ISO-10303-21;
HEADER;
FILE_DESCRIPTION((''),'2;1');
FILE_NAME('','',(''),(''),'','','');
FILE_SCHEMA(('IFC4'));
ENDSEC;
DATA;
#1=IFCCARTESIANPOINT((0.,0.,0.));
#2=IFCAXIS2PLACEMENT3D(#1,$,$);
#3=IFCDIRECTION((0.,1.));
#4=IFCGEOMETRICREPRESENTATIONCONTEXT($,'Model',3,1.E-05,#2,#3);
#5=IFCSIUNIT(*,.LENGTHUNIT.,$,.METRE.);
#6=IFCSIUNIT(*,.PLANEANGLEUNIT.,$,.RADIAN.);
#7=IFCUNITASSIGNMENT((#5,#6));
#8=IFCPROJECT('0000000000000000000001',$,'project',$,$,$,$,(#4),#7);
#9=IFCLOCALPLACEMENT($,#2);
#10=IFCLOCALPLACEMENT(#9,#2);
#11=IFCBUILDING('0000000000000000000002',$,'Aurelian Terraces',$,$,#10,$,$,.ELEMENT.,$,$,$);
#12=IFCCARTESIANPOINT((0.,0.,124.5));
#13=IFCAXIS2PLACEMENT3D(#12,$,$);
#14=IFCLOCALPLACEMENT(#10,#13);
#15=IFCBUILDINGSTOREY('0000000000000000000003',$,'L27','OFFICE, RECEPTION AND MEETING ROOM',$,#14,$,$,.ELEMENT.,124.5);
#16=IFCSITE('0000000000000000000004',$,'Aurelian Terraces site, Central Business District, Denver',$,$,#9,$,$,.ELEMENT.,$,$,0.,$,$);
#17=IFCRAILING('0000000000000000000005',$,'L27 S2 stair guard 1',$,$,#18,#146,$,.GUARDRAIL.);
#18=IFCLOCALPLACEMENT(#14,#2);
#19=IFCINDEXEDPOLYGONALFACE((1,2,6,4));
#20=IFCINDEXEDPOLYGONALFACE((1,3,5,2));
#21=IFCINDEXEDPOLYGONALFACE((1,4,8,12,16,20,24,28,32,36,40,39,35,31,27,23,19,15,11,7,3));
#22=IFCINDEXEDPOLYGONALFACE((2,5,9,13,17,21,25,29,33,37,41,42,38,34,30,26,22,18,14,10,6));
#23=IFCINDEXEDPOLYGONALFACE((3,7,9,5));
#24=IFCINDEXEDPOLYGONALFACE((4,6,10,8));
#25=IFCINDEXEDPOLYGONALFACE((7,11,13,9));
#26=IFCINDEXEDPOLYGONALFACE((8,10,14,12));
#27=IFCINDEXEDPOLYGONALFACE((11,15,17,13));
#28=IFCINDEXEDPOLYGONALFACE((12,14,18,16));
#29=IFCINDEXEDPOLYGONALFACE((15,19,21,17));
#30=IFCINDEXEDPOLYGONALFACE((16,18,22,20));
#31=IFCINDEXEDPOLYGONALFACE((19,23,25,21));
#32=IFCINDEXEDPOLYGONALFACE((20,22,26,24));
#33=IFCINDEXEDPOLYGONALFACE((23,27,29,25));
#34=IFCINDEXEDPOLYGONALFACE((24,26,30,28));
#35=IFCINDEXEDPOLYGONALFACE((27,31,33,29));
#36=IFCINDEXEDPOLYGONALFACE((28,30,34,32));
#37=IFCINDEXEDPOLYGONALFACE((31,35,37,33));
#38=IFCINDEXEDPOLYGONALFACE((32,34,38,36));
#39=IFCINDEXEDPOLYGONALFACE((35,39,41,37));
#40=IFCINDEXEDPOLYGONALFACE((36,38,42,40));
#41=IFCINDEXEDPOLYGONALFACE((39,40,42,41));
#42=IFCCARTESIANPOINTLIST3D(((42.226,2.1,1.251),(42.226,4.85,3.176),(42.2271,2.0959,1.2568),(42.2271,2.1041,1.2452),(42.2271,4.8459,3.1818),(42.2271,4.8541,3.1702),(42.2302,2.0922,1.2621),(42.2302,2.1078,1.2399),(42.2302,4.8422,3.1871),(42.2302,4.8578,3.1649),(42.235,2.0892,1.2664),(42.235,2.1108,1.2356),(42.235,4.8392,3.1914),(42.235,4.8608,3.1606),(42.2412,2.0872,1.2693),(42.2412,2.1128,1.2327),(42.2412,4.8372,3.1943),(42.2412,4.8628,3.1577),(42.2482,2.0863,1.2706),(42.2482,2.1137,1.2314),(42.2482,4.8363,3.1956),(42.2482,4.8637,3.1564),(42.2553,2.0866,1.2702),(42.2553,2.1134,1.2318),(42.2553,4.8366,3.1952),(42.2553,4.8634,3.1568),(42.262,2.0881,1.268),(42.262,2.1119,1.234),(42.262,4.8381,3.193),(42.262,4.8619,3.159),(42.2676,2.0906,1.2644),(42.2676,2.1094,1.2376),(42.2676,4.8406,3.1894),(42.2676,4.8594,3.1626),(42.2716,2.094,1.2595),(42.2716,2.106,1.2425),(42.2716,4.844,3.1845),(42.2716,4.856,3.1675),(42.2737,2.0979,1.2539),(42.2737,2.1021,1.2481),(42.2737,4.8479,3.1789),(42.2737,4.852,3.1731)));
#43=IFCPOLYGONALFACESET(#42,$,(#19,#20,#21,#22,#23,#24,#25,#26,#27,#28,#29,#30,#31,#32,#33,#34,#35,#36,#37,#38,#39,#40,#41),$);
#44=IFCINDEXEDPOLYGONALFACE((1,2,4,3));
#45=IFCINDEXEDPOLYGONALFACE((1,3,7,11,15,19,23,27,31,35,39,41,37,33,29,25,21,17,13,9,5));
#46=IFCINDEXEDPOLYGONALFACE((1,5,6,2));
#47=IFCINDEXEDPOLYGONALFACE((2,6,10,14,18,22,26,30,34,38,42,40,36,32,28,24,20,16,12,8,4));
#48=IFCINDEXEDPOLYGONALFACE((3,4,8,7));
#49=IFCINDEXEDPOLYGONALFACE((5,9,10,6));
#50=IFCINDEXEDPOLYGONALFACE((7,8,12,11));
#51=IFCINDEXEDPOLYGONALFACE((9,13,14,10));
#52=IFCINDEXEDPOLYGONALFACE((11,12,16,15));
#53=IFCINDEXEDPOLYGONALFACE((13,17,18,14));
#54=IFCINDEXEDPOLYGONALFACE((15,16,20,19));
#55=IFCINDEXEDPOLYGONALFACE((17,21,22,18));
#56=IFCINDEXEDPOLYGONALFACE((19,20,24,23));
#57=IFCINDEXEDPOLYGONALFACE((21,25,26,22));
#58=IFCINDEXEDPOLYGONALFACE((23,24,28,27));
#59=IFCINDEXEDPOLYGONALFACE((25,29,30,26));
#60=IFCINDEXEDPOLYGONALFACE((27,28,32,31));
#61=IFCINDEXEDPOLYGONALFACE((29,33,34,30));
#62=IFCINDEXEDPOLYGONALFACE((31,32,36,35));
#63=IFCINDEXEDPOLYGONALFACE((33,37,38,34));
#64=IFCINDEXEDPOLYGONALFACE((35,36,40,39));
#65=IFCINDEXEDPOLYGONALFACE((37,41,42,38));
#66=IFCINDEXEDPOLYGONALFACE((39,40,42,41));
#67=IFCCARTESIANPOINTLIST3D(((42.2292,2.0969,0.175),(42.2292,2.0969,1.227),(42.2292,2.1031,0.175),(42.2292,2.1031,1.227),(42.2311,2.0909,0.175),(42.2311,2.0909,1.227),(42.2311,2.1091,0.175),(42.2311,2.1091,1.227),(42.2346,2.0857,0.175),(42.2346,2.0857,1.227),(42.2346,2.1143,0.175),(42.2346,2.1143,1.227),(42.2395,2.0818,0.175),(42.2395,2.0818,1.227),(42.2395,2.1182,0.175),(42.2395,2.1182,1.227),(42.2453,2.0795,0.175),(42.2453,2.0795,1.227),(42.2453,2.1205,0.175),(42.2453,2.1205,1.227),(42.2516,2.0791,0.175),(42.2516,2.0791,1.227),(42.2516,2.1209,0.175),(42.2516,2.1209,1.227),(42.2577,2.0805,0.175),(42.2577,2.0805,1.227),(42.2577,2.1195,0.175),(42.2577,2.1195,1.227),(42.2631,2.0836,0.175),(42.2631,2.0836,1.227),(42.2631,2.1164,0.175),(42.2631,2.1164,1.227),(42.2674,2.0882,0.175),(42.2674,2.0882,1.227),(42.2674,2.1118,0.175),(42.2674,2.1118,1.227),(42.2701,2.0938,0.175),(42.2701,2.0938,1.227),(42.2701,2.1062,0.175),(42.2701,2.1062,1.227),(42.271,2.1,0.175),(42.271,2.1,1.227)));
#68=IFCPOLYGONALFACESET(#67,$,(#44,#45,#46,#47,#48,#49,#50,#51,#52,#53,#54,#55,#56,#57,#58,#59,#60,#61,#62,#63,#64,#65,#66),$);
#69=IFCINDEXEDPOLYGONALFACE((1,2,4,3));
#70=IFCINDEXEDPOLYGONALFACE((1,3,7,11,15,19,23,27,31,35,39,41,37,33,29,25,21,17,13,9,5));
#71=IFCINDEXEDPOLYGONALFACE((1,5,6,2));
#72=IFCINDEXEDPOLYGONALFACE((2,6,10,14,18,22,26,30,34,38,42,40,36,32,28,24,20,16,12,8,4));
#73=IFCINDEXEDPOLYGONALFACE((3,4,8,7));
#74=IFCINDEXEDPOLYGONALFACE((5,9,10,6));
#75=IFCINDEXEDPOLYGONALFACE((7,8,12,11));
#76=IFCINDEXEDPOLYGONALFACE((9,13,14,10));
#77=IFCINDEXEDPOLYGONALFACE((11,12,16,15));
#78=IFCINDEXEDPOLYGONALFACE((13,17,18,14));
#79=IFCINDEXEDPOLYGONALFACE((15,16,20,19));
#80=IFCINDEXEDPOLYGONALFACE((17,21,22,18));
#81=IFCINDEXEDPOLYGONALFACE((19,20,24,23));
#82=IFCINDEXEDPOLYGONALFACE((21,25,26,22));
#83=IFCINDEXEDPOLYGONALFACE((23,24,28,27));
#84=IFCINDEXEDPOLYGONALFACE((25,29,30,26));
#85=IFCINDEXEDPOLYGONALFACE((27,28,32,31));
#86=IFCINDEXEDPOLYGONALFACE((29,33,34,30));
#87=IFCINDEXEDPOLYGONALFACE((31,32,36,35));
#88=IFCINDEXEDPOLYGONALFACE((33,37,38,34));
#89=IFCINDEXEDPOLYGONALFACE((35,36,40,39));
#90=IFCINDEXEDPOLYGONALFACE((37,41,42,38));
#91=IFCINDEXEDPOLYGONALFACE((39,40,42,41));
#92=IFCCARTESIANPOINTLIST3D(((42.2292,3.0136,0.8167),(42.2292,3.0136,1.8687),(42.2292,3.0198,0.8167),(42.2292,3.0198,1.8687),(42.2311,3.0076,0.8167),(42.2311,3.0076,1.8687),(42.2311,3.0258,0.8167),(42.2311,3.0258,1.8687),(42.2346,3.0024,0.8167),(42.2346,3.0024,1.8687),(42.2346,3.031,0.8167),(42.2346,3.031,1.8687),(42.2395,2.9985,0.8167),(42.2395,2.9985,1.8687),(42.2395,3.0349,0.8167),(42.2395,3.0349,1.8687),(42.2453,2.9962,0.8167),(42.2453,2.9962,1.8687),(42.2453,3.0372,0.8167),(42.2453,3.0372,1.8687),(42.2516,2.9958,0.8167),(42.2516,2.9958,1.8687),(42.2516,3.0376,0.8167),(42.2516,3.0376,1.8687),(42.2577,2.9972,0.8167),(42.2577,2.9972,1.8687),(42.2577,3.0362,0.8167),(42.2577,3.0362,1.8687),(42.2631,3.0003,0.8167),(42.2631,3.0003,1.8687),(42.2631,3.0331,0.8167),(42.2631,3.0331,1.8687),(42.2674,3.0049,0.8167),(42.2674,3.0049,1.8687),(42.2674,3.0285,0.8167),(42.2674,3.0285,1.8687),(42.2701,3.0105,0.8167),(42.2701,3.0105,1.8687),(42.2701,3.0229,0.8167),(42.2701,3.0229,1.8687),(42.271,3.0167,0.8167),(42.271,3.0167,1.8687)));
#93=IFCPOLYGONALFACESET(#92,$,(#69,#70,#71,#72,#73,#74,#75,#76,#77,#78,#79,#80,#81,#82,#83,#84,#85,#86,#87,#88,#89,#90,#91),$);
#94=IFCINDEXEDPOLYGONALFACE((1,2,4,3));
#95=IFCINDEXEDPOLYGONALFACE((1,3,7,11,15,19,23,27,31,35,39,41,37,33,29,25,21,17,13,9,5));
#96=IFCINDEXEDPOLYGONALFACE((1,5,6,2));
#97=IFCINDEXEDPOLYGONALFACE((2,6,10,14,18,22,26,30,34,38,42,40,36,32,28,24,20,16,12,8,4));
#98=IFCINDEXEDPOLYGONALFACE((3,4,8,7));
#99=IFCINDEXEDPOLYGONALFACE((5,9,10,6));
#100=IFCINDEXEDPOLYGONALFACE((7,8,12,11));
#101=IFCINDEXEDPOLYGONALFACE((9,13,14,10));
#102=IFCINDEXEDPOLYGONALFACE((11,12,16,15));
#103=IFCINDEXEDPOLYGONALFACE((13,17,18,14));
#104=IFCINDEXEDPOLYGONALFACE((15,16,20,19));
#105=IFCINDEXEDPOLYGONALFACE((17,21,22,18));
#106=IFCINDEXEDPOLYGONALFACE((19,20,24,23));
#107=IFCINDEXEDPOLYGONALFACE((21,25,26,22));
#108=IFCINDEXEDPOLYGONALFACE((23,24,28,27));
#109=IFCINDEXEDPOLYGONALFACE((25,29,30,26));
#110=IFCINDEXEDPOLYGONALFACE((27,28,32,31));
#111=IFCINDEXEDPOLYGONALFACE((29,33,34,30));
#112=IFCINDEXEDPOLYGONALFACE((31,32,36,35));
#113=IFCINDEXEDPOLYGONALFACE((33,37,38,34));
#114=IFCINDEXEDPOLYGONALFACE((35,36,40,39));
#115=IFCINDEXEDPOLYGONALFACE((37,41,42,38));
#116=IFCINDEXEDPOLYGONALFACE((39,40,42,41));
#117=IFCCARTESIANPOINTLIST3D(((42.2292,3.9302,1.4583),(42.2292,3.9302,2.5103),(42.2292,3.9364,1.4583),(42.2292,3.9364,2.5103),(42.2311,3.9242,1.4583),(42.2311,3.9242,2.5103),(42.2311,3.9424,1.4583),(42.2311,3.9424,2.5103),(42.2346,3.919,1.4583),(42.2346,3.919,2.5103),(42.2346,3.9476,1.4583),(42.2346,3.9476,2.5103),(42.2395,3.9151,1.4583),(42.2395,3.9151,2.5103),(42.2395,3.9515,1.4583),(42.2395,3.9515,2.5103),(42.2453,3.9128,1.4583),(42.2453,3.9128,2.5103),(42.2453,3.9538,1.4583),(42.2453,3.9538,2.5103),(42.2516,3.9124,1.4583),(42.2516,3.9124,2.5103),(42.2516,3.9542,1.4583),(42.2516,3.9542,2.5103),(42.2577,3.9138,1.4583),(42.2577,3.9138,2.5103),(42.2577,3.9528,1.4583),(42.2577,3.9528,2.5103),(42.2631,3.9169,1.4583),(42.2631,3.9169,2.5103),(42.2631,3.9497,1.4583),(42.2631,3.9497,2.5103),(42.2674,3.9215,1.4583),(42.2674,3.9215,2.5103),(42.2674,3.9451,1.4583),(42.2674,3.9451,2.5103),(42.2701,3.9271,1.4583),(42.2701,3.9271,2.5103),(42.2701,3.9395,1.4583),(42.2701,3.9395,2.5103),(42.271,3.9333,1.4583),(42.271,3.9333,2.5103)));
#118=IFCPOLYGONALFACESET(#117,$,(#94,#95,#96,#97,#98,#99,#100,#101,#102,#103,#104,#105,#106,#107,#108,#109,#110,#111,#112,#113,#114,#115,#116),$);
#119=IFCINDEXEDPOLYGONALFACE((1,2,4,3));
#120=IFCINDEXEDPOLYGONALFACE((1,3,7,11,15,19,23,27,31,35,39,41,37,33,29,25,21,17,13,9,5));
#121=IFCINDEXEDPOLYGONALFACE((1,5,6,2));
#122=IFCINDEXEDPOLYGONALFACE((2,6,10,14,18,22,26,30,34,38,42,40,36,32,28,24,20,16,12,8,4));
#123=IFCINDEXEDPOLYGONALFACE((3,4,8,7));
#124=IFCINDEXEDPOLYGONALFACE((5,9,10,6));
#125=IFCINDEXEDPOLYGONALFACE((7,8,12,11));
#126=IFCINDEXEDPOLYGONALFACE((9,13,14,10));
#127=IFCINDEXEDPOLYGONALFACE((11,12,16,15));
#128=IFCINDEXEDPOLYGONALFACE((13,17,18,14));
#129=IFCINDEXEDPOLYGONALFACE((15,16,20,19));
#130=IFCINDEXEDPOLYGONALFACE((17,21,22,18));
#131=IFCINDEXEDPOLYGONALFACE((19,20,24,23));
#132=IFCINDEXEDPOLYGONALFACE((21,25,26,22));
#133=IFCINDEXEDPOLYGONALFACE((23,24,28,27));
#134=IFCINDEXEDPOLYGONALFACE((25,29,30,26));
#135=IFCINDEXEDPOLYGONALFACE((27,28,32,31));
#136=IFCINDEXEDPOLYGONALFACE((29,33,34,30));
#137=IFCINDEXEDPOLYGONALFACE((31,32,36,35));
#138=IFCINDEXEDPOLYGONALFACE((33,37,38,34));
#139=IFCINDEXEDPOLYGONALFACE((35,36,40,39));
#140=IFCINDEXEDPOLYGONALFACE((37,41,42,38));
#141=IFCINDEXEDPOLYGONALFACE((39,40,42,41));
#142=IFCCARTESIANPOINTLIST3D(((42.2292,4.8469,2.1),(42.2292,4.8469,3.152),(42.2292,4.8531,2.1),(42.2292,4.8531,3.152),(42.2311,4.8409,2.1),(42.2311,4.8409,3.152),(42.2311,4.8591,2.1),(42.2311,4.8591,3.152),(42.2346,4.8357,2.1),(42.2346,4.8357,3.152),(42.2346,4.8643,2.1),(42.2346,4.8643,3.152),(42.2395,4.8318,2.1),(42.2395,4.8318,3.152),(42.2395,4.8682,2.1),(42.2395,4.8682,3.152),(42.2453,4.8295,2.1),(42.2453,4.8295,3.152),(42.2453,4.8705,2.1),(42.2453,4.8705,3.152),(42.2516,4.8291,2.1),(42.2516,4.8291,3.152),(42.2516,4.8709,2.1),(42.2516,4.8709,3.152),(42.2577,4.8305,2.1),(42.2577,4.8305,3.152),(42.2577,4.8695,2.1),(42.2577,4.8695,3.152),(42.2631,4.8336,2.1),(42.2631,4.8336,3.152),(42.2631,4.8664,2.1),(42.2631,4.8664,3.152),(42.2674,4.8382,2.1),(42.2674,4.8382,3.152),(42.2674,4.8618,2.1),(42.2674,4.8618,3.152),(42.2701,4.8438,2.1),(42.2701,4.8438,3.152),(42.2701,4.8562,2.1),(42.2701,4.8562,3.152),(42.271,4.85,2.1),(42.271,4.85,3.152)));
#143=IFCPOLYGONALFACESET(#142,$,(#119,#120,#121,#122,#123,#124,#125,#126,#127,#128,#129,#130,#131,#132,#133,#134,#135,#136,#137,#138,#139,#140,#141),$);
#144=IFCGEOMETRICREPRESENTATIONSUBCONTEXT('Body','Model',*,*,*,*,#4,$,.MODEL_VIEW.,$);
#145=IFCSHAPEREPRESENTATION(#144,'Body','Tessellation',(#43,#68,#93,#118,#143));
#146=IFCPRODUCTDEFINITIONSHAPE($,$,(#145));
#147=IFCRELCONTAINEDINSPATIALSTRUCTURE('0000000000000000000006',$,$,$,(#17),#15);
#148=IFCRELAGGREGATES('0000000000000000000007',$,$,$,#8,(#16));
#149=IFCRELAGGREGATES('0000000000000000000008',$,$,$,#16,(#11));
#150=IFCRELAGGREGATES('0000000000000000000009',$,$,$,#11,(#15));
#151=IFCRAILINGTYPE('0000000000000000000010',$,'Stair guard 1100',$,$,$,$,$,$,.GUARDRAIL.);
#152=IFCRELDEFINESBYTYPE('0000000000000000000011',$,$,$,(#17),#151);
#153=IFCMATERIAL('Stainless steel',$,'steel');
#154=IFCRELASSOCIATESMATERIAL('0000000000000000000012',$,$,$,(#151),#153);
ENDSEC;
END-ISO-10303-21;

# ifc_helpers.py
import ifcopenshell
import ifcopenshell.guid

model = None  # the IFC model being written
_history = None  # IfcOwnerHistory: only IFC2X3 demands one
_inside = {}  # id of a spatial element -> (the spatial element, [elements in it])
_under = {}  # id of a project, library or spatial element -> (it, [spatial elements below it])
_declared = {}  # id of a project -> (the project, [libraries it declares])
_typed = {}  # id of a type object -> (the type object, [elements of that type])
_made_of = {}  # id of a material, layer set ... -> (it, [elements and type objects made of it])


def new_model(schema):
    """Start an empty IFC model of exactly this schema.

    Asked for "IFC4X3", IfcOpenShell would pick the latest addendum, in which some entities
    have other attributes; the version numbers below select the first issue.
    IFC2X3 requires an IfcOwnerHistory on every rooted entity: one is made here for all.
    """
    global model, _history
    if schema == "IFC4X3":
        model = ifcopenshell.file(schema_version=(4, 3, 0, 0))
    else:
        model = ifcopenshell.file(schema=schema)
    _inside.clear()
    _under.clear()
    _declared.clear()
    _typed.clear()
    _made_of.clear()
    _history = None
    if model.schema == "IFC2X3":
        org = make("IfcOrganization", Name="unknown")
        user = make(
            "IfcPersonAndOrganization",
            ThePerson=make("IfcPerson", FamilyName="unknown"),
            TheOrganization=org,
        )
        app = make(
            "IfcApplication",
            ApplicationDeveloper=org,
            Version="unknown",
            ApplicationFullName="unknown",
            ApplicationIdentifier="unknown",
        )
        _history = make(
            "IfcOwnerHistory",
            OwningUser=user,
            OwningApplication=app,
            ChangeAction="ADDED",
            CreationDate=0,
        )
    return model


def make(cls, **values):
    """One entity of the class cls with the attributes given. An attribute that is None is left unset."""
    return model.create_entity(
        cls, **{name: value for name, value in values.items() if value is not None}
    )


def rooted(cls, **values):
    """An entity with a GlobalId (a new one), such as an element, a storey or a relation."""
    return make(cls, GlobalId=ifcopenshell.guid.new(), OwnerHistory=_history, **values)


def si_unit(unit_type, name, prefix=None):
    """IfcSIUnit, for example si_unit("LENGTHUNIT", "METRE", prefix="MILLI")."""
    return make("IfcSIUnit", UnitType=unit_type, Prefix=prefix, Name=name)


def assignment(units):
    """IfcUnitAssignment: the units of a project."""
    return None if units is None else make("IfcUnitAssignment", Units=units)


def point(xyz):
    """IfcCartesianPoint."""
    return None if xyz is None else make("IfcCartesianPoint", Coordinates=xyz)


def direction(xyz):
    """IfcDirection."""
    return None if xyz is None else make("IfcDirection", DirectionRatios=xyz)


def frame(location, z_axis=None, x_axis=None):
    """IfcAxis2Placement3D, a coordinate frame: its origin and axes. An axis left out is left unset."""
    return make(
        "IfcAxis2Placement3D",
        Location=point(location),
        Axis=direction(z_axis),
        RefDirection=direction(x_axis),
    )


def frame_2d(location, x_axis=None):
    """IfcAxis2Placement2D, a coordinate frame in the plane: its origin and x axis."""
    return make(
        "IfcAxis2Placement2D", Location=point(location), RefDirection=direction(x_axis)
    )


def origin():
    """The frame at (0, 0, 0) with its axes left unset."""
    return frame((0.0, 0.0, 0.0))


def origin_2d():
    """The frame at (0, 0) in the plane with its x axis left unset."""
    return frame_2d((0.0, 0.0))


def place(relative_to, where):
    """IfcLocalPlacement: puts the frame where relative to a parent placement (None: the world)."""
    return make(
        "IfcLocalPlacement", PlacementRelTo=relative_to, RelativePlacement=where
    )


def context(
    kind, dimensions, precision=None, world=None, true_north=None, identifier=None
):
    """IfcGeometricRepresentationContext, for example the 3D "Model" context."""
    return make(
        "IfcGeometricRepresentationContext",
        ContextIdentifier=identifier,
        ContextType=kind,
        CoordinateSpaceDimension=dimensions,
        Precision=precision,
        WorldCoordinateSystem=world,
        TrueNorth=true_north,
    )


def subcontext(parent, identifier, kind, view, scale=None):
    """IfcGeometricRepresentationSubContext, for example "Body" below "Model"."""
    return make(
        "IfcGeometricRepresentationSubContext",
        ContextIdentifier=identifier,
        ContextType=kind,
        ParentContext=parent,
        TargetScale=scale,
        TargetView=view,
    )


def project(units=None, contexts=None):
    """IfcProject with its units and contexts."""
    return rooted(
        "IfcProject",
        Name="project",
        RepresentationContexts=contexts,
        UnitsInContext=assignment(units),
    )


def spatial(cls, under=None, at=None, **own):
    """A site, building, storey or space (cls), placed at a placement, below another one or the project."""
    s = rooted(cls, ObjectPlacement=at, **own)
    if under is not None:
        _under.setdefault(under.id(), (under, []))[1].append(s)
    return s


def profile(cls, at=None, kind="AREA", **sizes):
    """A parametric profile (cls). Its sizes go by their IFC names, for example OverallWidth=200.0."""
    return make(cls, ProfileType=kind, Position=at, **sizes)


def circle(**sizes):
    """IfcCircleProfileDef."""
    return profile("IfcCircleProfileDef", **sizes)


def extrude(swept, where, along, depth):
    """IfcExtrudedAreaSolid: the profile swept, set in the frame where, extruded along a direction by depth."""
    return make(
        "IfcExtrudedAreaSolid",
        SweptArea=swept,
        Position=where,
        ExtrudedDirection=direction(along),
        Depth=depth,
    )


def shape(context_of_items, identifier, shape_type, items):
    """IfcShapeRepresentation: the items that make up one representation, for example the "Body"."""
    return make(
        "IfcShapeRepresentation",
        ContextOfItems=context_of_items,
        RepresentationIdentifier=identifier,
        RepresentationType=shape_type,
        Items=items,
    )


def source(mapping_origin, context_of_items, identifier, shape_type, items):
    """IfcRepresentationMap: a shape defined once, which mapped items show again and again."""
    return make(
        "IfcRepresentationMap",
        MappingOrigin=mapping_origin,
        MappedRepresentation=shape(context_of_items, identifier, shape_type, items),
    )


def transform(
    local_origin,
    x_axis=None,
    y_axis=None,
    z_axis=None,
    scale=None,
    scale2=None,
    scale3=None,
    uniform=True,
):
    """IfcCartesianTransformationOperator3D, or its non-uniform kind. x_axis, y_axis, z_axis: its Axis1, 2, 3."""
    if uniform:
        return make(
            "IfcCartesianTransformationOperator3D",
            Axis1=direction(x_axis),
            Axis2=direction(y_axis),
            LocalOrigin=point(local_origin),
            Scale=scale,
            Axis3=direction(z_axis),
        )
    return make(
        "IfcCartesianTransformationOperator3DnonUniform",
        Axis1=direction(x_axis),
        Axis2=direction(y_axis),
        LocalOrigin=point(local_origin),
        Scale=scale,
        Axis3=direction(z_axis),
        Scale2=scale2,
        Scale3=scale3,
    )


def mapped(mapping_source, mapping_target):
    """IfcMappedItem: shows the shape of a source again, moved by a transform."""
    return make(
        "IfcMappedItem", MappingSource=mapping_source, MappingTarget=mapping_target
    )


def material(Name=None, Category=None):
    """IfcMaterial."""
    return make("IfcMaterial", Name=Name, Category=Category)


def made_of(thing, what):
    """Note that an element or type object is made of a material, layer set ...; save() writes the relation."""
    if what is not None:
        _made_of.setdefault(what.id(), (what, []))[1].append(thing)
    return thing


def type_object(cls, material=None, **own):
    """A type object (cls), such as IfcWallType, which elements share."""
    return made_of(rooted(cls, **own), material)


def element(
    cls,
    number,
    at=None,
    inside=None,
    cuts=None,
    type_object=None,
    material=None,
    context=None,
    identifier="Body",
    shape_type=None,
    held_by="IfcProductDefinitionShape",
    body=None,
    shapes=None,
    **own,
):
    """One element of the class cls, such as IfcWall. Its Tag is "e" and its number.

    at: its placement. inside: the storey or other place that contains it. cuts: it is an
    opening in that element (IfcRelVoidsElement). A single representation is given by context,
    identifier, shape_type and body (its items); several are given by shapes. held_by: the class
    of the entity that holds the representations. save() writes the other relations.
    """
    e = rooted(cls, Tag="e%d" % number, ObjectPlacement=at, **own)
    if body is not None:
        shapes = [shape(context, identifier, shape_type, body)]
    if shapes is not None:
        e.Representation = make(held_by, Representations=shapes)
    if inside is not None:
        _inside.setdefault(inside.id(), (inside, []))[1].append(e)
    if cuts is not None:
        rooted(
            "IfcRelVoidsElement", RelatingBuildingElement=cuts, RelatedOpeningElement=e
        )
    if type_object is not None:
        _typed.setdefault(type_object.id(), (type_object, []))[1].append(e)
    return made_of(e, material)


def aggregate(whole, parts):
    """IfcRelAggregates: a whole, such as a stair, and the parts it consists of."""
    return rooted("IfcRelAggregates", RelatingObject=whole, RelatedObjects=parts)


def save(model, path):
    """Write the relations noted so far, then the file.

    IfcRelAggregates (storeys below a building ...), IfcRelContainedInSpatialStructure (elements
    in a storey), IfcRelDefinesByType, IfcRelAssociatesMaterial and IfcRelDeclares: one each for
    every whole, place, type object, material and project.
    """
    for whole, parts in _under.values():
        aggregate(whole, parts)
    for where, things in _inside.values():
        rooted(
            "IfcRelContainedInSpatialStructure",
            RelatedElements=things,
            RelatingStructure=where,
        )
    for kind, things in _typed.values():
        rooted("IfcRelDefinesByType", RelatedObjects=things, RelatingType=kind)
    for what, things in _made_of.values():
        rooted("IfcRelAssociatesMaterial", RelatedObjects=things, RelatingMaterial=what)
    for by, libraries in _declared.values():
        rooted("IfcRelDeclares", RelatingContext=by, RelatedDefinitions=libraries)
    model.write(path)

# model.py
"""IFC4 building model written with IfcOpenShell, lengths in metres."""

from ifc_helpers import new_model, si_unit, direction, frame, origin, origin_2d, place, context, subcontext, project, spatial, circle, extrude, source, transform, mapped, material, type_object, element, save


model = new_model("IFC4")

# Units and contexts
model_context = context("Model", 3, precision=1e-05, world=origin(), true_north=direction((0.0, 1.0)))
body_context = subcontext(model_context, "Body", "Model", "MODEL_VIEW")
ifc_project = project(units=[si_unit("LENGTHUNIT", "METRE"), si_unit("PLANEANGLEUNIT", "RADIAN")], contexts=[model_context])

# Site, building, storey
site_placement = place(None, origin())
site = spatial("IfcSite", under=ifc_project, at=site_placement, Name="Aurelian Terraces site, Central Business District, Denver", CompositionType="ELEMENT", RefElevation=0.0)
building_placement = place(site_placement, origin())
building = spatial("IfcBuilding", under=site, at=building_placement, Name="Aurelian Terraces", CompositionType="ELEMENT")
storey_placement = place(building_placement, frame((0.0, 0.0, 124.5)))
storey = spatial("IfcBuildingStorey", under=building, at=storey_placement, Name="L27", Description="OFFICE, RECEPTION AND MEETING ROOM", CompositionType="ELEMENT", Elevation=124.5)

# Railing
ifc_material_1 = material(Name="Stainless steel", Category="steel")
railing_type_1 = type_object("IfcRailingType", Name="Stair guard 1100", PredefinedType="GUARDRAIL", material=ifc_material_1)
shared_shape_1 = source(origin(), body_context, "Body", "SweptSolid", [
    extrude(circle(Radius=0.024, at=origin_2d()), frame((0.0, 0.0, 1.076), z_axis=(0.0, 0.819232, 0.573462), x_axis=(-1.0, 0.0, 0.0)), (0.0, 0.0, 1.0), 3.3568),
    extrude(circle(Radius=0.021, at=origin_2d()), origin(), (0.0, 0.0, 1.0), 1.052),
    extrude(circle(Radius=0.021, at=origin_2d()), frame((0.0, 0.9167, 0.6417)), (0.0, 0.0, 1.0), 1.052),
    extrude(circle(Radius=0.021, at=origin_2d()), frame((0.0, 1.8333, 1.2833)), (0.0, 0.0, 1.0), 1.052),
    extrude(circle(Radius=0.021, at=origin_2d()), frame((0.0, 2.75, 1.925)), (0.0, 0.0, 1.0), 1.052),
])
railing_1_placement = place(storey_placement, frame((42.25, 2.1, 0.175)))
element("IfcRailing", 1, at=railing_1_placement, inside=storey, type_object=railing_type_1, Name="L27 S2 stair guard 1", PredefinedType="GUARDRAIL", context=body_context, shape_type="MappedRepresentation", body=[
    mapped(shared_shape_1, transform((0.0, 0.0, 0.0), scale=1.0)),
])

save(model, "model.ifc")
